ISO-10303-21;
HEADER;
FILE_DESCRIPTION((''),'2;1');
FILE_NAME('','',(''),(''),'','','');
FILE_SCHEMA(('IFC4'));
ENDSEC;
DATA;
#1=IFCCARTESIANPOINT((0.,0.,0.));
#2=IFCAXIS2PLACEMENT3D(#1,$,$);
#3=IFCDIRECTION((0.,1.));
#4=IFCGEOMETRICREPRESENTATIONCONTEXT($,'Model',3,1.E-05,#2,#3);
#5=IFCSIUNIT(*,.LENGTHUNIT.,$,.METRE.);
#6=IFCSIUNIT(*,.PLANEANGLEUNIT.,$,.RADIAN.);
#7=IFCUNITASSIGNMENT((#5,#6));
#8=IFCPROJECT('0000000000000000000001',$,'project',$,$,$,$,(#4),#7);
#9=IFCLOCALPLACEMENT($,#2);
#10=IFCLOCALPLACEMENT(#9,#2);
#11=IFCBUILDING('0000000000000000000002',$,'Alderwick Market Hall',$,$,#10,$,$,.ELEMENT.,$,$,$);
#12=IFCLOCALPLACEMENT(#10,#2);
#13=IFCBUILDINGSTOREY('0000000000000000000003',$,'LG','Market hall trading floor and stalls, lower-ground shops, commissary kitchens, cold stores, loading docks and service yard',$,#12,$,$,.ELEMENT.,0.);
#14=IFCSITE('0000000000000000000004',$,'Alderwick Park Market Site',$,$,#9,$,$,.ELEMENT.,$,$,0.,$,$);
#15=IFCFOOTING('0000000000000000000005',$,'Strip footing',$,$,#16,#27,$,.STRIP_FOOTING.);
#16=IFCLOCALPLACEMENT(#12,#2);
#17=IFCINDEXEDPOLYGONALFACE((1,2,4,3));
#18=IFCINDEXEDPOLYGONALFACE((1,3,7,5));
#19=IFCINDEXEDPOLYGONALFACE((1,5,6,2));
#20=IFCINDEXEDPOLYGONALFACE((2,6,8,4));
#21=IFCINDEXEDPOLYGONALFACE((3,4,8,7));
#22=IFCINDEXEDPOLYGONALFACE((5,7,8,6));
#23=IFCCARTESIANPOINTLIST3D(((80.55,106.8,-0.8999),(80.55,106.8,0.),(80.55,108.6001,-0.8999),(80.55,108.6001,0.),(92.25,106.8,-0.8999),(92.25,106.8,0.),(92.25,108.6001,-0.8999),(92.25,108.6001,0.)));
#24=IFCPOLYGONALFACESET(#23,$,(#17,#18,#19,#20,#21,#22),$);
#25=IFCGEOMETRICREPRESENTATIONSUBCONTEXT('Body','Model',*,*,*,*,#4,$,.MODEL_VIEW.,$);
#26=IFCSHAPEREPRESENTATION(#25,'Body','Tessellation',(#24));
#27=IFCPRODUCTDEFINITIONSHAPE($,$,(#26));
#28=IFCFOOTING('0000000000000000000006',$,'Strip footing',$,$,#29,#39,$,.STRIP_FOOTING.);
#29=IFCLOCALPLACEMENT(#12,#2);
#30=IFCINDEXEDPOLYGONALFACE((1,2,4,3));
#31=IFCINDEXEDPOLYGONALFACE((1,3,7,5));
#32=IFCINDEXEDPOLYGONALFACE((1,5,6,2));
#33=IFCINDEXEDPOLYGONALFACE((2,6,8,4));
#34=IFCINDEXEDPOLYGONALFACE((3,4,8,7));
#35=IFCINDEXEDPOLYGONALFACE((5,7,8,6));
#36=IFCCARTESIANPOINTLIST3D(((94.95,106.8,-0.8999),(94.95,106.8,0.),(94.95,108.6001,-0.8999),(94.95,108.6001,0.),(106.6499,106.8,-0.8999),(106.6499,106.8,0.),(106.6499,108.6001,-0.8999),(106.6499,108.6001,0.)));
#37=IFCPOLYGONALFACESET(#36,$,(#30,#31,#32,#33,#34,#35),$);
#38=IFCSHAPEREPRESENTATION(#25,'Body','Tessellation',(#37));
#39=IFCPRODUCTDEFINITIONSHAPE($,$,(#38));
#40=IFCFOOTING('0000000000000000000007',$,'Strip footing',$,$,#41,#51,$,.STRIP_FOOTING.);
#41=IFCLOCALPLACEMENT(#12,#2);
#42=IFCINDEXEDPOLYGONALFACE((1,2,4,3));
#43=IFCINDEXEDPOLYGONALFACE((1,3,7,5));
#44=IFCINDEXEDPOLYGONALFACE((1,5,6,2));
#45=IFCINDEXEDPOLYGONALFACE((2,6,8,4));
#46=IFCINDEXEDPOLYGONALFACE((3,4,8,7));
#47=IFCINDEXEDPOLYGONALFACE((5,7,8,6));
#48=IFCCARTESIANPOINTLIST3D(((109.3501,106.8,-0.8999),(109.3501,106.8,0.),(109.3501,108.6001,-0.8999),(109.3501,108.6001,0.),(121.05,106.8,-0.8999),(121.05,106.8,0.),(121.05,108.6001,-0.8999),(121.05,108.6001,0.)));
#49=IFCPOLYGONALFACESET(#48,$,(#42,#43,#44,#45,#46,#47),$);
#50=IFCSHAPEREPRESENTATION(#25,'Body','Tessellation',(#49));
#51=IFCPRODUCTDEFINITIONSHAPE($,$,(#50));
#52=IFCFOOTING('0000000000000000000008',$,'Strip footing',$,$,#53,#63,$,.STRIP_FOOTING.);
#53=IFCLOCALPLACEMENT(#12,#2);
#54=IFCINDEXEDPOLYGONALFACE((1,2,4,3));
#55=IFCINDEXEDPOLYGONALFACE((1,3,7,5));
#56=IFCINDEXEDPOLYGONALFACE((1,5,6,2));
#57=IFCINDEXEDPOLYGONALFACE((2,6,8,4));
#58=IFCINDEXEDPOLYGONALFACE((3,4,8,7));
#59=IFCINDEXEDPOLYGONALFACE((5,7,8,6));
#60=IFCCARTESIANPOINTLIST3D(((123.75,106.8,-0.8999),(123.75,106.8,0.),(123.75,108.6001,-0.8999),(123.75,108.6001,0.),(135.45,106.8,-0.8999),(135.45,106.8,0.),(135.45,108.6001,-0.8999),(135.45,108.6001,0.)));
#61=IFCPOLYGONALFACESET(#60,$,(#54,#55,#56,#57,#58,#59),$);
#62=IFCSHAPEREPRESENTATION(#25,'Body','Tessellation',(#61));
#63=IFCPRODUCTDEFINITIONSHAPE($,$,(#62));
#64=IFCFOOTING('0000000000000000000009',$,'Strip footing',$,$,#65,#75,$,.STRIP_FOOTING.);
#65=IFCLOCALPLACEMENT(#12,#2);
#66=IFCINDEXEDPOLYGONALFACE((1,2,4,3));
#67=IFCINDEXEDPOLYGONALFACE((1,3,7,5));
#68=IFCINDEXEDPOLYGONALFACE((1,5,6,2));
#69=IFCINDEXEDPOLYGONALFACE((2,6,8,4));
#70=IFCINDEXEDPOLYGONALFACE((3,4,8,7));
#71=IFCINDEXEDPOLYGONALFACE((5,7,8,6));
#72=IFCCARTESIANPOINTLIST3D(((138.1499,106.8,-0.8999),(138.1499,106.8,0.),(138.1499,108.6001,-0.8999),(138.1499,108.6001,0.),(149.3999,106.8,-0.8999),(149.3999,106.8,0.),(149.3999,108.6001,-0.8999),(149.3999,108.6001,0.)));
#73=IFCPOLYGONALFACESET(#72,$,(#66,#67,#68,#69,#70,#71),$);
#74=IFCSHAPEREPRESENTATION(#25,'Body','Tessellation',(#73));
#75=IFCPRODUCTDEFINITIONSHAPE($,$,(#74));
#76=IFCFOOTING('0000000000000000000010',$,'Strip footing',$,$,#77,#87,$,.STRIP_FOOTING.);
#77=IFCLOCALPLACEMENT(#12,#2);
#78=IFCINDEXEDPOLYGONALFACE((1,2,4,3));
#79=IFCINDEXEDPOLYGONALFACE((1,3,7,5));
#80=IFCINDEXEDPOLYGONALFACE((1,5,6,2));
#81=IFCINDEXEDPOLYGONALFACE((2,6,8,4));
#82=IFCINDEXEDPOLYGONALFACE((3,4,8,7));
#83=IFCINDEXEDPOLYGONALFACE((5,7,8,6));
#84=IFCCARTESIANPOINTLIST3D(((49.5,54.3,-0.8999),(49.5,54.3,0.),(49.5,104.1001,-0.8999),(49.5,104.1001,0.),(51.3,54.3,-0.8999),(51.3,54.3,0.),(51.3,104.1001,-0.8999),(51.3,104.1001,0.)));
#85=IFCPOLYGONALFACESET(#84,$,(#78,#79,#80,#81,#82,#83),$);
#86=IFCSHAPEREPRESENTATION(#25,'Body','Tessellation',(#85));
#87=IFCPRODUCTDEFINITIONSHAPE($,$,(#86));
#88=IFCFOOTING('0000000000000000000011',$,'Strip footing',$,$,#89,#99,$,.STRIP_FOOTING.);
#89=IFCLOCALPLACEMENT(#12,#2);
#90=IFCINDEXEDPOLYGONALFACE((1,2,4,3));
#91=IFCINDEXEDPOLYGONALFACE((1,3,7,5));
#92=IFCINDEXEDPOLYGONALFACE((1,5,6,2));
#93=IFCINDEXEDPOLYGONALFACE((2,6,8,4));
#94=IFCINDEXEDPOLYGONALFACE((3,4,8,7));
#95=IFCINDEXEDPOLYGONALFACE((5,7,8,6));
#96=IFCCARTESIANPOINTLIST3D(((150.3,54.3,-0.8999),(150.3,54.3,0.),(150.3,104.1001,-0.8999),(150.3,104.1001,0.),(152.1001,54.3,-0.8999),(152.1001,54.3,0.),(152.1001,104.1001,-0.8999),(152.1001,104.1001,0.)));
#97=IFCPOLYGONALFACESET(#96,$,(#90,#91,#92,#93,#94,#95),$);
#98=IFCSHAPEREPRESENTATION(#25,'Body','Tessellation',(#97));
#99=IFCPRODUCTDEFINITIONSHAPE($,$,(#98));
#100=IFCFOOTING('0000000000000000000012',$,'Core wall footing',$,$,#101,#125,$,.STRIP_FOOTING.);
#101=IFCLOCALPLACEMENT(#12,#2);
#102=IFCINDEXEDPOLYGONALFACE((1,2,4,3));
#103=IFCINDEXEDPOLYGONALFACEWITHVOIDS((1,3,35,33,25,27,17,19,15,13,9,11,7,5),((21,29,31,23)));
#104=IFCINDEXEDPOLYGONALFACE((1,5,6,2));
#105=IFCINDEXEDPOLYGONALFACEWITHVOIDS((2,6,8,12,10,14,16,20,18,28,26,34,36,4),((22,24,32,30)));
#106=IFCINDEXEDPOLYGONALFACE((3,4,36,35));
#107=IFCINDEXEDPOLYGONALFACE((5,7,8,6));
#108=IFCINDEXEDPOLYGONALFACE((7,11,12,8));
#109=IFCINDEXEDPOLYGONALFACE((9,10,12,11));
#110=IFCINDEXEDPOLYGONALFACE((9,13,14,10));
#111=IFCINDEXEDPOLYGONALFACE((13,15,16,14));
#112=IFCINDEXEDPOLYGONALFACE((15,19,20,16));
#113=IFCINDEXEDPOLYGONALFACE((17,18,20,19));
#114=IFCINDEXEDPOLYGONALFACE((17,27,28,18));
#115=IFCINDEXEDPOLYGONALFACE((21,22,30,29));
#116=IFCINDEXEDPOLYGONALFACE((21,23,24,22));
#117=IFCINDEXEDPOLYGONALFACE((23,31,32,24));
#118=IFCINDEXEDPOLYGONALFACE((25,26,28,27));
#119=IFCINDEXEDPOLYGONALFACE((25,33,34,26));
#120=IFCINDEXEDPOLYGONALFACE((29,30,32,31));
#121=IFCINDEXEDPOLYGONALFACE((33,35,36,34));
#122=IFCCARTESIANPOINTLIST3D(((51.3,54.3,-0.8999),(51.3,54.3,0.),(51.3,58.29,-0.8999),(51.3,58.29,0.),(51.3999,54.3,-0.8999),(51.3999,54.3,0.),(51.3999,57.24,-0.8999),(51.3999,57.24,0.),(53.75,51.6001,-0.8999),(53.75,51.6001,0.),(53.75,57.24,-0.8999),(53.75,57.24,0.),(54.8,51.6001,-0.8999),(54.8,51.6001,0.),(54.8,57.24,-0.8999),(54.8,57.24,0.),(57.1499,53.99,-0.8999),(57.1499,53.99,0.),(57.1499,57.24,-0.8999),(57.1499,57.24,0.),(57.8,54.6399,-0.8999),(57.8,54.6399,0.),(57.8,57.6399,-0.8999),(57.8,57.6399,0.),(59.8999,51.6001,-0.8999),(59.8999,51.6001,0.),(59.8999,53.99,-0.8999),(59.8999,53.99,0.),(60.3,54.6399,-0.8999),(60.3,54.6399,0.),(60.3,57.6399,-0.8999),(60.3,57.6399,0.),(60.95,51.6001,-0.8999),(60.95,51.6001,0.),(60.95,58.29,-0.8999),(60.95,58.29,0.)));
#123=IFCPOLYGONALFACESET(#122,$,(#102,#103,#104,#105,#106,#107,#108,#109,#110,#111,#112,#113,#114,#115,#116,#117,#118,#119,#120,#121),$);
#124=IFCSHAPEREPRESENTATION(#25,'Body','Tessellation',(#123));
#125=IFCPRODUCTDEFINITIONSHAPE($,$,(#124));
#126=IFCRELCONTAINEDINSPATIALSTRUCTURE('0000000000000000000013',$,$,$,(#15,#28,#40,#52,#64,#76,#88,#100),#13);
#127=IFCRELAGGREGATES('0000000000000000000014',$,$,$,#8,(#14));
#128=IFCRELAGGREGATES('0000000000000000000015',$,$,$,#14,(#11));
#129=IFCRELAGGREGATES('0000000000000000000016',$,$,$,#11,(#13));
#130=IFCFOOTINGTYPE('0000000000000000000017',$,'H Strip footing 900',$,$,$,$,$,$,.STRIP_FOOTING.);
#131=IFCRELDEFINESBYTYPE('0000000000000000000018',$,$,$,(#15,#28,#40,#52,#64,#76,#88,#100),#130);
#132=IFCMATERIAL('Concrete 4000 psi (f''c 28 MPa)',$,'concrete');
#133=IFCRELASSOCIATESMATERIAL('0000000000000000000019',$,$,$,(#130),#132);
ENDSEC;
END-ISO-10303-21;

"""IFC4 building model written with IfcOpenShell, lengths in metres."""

from ifc_helpers import new_model, si_unit, direction, frame, origin, place, context, subcontext, project, spatial, polyline, outline, extrude, material, type_object, element, save


model = new_model("IFC4")

# Units and contexts
model_context = context("Model", 3, precision=1e-05, world=origin(), true_north=direction((0.0, 1.0)))
body_context = subcontext(model_context, "Body", "Model", "MODEL_VIEW")
ifc_project = project(units=[si_unit("LENGTHUNIT", "METRE"), si_unit("PLANEANGLEUNIT", "RADIAN")], contexts=[model_context])

# Site, building, storey
site_placement = place(None, origin())
site = spatial("IfcSite", under=ifc_project, at=site_placement, Name="Alderwick Park Market Site", CompositionType="ELEMENT", RefElevation=0.0)
building_placement = place(site_placement, origin())
building = spatial("IfcBuilding", under=site, at=building_placement, Name="Alderwick Market Hall", CompositionType="ELEMENT")
storey_placement = place(building_placement, origin())
storey = spatial("IfcBuildingStorey", under=building, at=storey_placement, Name="LG", Description="Market hall trading floor and stalls, lower-ground shops, commissary kitchens, cold stores, loading docks and service yard", CompositionType="ELEMENT", Elevation=0.0)

# Footings
ifc_material_1 = material(Name="Concrete 4000 psi (f'c 28 MPa)", Category="concrete")
footing_type_1 = type_object("IfcFootingType", Name="H Strip footing 900", PredefinedType="STRIP_FOOTING", material=ifc_material_1)
footing_1_placement = place(storey_placement, frame((0.0, 0.0, -0.8999)))
element("IfcFooting", 1, at=footing_1_placement, inside=storey, type_object=footing_type_1, Name="Strip footing", PredefinedType="STRIP_FOOTING", context=body_context, shape_type="SweptSolid", body=[
    extrude(outline(polyline([(92.25, 108.6001), (92.25, 106.8), (80.55, 106.8), (80.55, 108.6001), (92.25, 108.6001)])), origin(), (0.0, 0.0, 1.0), 0.8999),
])
footing_2_placement = place(storey_placement, frame((0.0, 0.0, -0.8999)))
element("IfcFooting", 2, at=footing_2_placement, inside=storey, type_object=footing_type_1, Name="Strip footing", PredefinedType="STRIP_FOOTING", context=body_context, shape_type="SweptSolid", body=[
    extrude(outline(polyline([(106.6499, 108.6001), (106.6499, 106.8), (94.95, 106.8), (94.95, 108.6001), (106.6499, 108.6001)])), origin(), (0.0, 0.0, 1.0), 0.8999),
])
footing_3_placement = place(storey_placement, frame((0.0, 0.0, -0.8999)))
element("IfcFooting", 3, at=footing_3_placement, inside=storey, type_object=footing_type_1, Name="Strip footing", PredefinedType="STRIP_FOOTING", context=body_context, shape_type="SweptSolid", body=[
    extrude(outline(polyline([(121.05, 108.6001), (121.05, 106.8), (109.3501, 106.8), (109.3501, 108.6001), (121.05, 108.6001)])), origin(), (0.0, 0.0, 1.0), 0.8999),
])
footing_4_placement = place(storey_placement, frame((0.0, 0.0, -0.8999)))
element("IfcFooting", 4, at=footing_4_placement, inside=storey, type_object=footing_type_1, Name="Strip footing", PredefinedType="STRIP_FOOTING", context=body_context, shape_type="SweptSolid", body=[
    extrude(outline(polyline([(135.45, 108.6001), (135.45, 106.8), (123.75, 106.8), (123.75, 108.6001), (135.45, 108.6001)])), origin(), (0.0, 0.0, 1.0), 0.8999),
])
footing_5_placement = place(storey_placement, frame((0.0, 0.0, -0.8999)))
element("IfcFooting", 5, at=footing_5_placement, inside=storey, type_object=footing_type_1, Name="Strip footing", PredefinedType="STRIP_FOOTING", context=body_context, shape_type="SweptSolid", body=[
    extrude(outline(polyline([(149.3999, 108.6001), (149.3999, 106.8), (138.1499, 106.8), (138.1499, 108.6001), (149.3999, 108.6001)])), origin(), (0.0, 0.0, 1.0), 0.8999),
])
footing_6_placement = place(storey_placement, frame((0.0, 0.0, -0.8999)))
element("IfcFooting", 6, at=footing_6_placement, inside=storey, type_object=footing_type_1, Name="Strip footing", PredefinedType="STRIP_FOOTING", context=body_context, shape_type="SweptSolid", body=[
    extrude(outline(polyline([(51.3, 54.3), (49.5, 54.3), (49.5, 104.1001), (51.3, 104.1001), (51.3, 54.3)])), origin(), (0.0, 0.0, 1.0), 0.8999),
])
footing_7_placement = place(storey_placement, frame((0.0, 0.0, -0.8999)))
element("IfcFooting", 7, at=footing_7_placement, inside=storey, type_object=footing_type_1, Name="Strip footing", PredefinedType="STRIP_FOOTING", context=body_context, shape_type="SweptSolid", body=[
    extrude(outline(polyline([(152.1001, 54.3), (150.3, 54.3), (150.3, 104.1001), (152.1001, 104.1001), (152.1001, 54.3)])), origin(), (0.0, 0.0, 1.0), 0.8999),
])
footing_8_placement = place(storey_placement, frame((0.0, 0.0, -0.8999)))
element("IfcFooting", 8, at=footing_8_placement, inside=storey, type_object=footing_type_1, Name="Core wall footing", PredefinedType="STRIP_FOOTING", context=body_context, shape_type="SweptSolid", body=[
    extrude(outline(polyline([(51.3, 54.3), (51.3, 58.29), (60.95, 58.29), (60.95, 51.6001), (59.8999, 51.6001), (59.8999, 53.99), (57.1499, 53.99), (57.1499, 57.24), (54.8, 57.24), (54.8, 51.6001), (53.75, 51.6001), (53.75, 57.24), (51.3999, 57.24), (51.3999, 54.3), (51.3, 54.3)]), holes=[polyline([(60.3, 57.6399), (57.8, 57.6399), (57.8, 54.6399), (60.3, 54.6399), (60.3, 57.6399)])]), origin(), (0.0, 0.0, 1.0), 0.8999),
])

save(model, "model.ifc")
